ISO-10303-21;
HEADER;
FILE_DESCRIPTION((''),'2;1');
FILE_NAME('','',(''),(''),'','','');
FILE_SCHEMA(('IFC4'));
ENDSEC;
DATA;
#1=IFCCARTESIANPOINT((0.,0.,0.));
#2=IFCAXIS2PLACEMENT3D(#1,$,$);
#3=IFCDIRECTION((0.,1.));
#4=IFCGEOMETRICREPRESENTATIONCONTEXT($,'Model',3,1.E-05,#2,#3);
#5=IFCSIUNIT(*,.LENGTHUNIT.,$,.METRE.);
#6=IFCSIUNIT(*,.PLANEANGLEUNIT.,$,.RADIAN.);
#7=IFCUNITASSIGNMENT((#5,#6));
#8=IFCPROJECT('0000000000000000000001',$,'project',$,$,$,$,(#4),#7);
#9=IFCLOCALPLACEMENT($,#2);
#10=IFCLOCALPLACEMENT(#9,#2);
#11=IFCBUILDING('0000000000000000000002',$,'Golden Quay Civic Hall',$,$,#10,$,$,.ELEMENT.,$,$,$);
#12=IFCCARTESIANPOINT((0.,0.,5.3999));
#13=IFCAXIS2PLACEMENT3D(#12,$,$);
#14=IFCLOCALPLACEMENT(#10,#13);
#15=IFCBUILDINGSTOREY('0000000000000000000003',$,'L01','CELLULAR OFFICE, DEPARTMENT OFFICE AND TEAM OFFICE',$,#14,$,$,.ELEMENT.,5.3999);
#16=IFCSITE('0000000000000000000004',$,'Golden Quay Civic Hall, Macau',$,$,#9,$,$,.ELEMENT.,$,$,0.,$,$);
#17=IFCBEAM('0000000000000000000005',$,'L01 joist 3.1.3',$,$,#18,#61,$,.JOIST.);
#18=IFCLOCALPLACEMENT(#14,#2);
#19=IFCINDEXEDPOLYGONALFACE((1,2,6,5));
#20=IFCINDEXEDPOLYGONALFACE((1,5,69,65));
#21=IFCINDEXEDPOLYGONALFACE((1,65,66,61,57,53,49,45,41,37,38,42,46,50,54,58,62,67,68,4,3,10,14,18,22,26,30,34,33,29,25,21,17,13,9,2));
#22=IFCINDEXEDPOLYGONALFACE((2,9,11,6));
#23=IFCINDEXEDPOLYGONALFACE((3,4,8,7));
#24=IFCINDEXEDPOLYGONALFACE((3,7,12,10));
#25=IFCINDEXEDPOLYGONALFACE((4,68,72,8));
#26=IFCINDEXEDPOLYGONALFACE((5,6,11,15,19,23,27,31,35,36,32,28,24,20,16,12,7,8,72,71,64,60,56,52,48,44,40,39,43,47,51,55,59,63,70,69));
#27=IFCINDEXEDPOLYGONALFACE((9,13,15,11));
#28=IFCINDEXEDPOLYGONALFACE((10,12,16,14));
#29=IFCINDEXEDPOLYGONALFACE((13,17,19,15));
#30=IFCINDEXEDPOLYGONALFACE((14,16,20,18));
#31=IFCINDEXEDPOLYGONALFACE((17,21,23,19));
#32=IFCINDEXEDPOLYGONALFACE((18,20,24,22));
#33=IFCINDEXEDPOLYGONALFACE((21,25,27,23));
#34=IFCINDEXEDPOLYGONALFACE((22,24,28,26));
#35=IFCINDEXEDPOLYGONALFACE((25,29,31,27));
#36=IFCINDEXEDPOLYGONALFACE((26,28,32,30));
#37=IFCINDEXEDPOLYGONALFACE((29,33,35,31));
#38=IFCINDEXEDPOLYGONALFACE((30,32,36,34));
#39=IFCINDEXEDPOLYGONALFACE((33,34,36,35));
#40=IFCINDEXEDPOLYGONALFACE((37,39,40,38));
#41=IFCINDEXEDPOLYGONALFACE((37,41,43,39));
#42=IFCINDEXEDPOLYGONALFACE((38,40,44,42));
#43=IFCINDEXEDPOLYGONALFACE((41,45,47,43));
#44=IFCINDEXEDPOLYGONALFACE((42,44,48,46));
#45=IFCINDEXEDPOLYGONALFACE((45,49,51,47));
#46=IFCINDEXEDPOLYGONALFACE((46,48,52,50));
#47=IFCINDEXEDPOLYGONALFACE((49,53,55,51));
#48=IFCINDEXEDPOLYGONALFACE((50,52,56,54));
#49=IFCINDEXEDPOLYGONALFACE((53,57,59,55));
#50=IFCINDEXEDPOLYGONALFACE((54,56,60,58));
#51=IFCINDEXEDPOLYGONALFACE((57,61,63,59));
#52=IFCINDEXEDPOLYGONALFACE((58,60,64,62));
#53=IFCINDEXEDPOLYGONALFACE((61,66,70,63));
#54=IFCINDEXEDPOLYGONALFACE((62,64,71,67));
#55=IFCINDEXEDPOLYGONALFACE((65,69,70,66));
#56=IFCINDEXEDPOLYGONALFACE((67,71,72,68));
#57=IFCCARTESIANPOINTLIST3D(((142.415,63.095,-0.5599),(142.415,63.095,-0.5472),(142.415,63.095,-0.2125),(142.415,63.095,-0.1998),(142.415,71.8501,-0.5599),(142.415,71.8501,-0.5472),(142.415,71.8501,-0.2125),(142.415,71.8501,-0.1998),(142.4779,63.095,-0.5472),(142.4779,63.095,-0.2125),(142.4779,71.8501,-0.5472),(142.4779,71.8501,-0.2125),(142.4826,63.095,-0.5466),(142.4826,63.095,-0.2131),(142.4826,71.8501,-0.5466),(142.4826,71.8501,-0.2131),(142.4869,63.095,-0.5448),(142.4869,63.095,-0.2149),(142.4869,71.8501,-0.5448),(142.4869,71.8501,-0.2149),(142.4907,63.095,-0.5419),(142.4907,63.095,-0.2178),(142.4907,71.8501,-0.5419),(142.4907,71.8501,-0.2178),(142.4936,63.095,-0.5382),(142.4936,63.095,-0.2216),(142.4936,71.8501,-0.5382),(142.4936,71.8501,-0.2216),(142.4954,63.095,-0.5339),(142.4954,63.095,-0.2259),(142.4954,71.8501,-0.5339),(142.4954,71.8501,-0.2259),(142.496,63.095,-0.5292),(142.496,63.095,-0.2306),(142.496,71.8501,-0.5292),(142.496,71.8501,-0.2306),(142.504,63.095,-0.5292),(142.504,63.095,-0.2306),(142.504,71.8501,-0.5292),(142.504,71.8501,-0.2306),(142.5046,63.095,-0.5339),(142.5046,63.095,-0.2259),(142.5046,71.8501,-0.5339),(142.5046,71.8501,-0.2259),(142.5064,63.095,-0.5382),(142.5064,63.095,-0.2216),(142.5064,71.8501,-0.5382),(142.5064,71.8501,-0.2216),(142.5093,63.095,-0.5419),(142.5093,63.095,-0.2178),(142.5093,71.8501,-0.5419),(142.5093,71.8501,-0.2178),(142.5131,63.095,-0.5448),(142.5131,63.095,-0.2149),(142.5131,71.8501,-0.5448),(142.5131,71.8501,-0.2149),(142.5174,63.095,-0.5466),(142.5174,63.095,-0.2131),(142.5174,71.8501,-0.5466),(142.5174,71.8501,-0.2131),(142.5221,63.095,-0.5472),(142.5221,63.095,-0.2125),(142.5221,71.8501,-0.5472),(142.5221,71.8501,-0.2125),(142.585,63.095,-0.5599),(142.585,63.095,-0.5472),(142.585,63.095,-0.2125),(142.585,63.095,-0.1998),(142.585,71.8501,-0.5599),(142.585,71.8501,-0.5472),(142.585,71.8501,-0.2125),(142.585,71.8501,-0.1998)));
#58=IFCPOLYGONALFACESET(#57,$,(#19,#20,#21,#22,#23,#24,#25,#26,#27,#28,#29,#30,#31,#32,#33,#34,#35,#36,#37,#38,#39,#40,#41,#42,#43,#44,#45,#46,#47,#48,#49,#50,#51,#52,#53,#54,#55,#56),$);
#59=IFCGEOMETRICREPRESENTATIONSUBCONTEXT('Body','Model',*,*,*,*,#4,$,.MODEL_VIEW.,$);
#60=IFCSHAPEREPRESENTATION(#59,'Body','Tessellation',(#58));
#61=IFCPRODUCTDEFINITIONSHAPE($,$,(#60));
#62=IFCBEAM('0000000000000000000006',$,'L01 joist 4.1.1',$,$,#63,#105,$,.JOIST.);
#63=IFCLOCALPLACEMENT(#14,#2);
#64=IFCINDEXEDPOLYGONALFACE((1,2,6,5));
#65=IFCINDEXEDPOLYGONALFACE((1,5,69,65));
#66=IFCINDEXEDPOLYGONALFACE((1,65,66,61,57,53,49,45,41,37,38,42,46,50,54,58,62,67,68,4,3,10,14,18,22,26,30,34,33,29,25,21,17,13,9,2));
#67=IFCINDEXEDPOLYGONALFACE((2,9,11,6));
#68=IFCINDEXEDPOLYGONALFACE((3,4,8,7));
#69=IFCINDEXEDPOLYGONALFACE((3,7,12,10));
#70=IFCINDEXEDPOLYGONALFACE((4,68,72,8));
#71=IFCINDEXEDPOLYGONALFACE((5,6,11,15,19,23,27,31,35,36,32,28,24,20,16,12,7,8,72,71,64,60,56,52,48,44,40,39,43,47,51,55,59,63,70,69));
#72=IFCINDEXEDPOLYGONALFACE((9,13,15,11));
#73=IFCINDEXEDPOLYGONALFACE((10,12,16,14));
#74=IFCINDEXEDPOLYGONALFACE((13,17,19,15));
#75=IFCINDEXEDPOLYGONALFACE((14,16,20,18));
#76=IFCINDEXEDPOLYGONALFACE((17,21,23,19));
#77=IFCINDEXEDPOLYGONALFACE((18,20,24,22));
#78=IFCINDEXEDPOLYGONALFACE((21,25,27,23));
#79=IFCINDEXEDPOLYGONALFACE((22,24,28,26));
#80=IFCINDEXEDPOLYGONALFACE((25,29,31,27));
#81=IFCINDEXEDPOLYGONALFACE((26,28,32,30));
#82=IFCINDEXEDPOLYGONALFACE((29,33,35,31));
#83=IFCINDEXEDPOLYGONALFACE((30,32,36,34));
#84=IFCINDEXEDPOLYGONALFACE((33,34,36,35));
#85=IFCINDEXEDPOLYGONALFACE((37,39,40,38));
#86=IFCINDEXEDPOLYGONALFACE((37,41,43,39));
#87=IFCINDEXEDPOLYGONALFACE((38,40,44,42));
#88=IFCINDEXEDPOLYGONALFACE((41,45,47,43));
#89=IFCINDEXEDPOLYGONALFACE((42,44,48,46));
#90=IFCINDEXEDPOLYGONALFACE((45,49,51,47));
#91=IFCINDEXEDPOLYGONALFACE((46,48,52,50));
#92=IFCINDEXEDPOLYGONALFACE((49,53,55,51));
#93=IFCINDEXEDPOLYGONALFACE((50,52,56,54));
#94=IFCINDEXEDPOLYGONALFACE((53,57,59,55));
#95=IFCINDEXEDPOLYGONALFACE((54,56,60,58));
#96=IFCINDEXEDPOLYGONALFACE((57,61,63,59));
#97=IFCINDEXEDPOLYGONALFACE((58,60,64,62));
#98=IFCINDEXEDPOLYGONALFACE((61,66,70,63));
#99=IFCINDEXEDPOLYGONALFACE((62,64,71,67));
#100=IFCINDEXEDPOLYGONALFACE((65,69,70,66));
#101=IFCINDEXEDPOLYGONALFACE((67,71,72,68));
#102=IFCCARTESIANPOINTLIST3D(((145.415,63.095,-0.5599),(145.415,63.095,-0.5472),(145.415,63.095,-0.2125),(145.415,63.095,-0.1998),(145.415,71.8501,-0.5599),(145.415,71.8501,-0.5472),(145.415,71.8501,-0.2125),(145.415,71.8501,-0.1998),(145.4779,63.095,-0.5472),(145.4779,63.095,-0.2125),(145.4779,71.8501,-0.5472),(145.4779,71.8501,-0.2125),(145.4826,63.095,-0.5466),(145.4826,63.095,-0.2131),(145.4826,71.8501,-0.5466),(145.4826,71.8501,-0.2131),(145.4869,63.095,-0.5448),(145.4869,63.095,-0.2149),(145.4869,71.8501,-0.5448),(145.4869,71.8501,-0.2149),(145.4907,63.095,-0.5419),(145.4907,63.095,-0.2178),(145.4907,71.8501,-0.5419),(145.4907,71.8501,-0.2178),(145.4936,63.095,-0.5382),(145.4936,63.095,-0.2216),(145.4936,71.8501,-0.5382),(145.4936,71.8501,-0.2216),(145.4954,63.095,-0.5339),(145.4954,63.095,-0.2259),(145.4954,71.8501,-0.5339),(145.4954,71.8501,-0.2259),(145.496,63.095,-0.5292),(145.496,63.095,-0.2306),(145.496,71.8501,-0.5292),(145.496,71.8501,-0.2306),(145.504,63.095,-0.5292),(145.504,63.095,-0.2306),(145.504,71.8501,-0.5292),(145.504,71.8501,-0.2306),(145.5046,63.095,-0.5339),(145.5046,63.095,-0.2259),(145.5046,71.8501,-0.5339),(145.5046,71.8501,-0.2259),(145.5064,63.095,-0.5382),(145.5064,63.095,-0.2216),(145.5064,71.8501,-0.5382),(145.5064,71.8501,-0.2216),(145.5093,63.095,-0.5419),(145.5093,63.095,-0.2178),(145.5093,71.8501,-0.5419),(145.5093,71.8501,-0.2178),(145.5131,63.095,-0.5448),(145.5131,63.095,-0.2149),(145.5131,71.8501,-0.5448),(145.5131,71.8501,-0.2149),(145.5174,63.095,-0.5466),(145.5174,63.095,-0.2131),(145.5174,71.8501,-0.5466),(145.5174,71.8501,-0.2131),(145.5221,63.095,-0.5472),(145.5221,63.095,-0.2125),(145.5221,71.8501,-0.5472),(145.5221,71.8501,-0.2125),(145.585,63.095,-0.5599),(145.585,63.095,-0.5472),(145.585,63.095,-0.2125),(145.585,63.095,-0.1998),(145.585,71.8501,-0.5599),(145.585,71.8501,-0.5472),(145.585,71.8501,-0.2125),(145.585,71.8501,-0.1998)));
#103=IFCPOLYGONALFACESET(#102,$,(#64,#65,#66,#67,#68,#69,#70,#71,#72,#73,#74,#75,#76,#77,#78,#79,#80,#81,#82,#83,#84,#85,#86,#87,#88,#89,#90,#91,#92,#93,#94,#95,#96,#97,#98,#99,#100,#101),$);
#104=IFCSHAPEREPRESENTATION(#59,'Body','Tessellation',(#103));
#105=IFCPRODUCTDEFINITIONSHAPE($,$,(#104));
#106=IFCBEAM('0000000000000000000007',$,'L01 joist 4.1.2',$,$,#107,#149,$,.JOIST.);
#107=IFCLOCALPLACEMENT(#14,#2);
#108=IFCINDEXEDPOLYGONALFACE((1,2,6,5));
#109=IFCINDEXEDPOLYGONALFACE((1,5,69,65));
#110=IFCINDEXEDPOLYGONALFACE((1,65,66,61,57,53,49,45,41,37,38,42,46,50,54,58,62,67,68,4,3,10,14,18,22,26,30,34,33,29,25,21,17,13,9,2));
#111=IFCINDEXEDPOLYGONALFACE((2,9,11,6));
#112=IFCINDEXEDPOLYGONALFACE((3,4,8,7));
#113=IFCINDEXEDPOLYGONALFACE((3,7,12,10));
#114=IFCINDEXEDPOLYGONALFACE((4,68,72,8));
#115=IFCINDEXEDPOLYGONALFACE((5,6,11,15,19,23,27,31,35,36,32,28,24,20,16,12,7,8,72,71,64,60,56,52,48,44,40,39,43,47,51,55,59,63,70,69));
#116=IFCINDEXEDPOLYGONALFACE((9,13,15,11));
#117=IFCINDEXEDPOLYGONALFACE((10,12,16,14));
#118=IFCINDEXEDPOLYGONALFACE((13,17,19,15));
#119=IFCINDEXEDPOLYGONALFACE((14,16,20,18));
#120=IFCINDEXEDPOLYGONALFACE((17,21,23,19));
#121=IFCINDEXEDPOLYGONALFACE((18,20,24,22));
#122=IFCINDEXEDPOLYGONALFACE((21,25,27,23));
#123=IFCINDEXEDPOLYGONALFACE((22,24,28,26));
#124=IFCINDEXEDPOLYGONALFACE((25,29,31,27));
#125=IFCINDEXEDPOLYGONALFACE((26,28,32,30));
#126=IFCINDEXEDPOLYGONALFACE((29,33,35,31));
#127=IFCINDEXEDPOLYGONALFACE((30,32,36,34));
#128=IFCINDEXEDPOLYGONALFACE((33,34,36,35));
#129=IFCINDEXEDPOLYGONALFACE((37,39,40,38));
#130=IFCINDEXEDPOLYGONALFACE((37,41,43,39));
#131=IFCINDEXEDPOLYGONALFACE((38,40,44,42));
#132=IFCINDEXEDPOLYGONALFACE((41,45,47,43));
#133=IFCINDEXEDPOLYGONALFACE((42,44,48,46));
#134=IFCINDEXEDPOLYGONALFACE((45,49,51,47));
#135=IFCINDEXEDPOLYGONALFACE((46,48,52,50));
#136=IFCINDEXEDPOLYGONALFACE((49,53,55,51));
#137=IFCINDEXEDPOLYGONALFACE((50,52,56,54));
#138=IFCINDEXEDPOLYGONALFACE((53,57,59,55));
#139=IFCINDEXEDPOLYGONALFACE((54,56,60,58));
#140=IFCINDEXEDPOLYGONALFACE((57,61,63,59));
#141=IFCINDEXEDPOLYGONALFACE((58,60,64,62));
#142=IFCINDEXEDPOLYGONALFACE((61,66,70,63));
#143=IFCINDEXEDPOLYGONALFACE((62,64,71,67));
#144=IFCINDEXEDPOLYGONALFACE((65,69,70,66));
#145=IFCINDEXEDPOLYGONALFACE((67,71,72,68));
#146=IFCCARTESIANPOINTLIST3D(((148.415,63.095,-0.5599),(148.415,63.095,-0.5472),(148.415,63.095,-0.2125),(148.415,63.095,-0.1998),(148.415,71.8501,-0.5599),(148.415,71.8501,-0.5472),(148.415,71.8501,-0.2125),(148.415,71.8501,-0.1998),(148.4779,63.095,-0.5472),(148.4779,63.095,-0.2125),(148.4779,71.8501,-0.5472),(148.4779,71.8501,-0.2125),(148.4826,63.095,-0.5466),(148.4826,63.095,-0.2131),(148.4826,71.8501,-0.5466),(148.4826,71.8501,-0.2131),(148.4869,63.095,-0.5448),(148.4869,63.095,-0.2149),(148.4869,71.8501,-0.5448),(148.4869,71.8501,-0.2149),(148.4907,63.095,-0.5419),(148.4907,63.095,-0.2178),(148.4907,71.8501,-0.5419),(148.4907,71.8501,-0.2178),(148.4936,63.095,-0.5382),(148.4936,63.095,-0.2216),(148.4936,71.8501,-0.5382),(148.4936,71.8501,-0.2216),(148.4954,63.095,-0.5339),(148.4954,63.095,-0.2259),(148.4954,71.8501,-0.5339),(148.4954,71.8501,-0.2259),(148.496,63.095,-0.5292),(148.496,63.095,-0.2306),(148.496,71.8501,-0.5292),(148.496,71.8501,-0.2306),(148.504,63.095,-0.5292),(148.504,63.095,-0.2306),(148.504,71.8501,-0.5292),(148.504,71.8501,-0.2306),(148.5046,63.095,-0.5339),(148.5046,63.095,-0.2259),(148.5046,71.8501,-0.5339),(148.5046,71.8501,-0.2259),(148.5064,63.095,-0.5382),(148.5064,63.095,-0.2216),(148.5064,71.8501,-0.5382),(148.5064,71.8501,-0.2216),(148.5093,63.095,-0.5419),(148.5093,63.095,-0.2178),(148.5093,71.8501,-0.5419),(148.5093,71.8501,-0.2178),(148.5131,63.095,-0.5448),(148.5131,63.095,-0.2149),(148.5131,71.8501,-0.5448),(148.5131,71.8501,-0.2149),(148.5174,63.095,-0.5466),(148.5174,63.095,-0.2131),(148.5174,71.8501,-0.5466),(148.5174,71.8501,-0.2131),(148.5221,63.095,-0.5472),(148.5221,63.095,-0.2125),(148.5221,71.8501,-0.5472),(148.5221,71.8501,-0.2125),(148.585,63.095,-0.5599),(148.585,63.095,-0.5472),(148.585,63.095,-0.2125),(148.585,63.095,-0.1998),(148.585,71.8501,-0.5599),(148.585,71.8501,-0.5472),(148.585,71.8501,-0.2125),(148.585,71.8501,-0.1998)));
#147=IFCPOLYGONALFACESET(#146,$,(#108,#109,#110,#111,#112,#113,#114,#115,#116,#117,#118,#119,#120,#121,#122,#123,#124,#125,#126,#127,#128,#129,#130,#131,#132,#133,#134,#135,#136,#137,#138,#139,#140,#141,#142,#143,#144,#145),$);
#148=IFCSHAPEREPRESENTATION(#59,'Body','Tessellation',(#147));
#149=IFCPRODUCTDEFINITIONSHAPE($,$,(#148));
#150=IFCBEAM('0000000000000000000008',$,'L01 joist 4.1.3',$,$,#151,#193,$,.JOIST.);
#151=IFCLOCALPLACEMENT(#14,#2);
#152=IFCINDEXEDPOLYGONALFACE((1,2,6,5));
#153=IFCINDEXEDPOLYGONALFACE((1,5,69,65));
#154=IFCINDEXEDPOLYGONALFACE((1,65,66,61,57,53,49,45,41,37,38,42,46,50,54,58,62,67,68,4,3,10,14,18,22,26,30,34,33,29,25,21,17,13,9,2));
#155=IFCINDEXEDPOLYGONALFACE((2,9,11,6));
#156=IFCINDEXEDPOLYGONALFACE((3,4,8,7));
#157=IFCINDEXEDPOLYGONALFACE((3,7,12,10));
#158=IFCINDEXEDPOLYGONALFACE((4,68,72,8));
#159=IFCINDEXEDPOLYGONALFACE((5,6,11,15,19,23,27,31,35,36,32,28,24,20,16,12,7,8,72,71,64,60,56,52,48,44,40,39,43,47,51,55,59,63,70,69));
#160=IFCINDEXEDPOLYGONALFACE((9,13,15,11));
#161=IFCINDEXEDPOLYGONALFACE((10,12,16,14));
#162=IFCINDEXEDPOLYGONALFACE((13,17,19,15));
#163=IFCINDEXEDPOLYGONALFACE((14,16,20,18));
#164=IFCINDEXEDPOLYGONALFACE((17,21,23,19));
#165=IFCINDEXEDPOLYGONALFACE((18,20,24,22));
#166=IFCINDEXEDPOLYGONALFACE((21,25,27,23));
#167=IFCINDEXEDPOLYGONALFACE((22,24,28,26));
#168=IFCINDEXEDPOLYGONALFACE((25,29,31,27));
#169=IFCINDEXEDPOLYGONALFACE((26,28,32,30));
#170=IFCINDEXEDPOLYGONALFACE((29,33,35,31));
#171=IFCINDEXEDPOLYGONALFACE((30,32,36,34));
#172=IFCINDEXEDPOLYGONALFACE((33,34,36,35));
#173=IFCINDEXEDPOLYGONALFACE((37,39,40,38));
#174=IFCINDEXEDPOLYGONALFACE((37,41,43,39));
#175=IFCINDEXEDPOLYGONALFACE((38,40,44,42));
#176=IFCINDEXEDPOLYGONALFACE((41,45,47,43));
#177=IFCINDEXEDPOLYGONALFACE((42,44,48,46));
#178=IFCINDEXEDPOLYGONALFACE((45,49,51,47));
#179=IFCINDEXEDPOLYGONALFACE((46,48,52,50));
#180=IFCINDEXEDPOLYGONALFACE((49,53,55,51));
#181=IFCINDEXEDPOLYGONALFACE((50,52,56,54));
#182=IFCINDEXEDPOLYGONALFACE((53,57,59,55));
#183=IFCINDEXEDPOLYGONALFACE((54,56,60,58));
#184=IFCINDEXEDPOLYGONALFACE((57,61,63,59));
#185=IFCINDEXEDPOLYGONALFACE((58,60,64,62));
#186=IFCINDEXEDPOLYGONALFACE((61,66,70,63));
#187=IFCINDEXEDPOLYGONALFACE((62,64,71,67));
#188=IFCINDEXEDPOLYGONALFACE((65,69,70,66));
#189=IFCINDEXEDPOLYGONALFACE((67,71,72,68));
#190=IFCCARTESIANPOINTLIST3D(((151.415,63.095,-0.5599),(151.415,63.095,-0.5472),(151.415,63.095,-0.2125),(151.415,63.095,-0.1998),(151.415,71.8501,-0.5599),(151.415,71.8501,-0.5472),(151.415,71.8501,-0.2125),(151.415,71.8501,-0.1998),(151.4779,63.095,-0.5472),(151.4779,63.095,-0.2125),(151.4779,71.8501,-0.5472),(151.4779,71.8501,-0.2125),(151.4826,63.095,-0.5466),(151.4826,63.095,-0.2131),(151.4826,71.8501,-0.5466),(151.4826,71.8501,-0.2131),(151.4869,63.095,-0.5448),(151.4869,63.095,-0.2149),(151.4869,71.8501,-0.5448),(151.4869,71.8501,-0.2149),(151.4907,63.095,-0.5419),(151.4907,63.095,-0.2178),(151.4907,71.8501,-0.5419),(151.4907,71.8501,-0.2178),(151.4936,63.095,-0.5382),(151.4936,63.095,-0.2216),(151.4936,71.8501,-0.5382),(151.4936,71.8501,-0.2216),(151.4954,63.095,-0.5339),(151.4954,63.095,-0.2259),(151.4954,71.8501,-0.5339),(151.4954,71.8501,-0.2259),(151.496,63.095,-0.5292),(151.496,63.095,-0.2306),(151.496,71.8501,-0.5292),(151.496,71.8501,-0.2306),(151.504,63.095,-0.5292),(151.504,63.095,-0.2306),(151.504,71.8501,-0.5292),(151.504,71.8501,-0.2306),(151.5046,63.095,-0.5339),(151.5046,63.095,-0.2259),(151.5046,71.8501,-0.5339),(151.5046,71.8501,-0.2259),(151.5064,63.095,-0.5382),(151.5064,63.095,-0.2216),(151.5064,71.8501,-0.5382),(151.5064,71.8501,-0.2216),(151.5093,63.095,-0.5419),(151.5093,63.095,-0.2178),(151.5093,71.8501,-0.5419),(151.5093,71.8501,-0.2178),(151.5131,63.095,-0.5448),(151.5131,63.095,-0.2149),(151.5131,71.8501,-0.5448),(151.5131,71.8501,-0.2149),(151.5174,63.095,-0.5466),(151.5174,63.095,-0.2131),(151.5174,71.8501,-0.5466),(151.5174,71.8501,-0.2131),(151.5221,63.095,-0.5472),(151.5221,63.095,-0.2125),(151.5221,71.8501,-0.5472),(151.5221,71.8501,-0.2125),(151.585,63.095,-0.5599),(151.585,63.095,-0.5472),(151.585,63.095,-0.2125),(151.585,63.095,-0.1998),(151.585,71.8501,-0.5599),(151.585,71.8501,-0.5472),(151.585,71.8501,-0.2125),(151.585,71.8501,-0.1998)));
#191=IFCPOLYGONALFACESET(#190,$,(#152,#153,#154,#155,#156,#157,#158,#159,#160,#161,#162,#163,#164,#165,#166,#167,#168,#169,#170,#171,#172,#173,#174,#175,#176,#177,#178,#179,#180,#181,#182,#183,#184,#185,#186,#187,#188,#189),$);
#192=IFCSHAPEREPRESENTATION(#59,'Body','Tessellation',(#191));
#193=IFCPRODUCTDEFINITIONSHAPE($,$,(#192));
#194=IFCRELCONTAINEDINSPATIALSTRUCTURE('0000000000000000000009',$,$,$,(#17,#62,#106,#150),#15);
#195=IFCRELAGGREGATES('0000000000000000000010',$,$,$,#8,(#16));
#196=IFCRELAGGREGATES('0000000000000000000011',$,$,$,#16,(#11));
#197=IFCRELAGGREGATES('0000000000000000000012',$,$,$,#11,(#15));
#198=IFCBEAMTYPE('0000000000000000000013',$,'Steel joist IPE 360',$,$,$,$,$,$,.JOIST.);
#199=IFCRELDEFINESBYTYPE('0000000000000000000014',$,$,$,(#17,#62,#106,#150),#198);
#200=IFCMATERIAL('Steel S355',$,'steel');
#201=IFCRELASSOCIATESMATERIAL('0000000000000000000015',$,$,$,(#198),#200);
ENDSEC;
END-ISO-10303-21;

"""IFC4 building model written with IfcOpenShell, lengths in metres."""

from ifc_helpers import new_model, si_unit, direction, frame, origin, origin_2d, place, context, subcontext, project, spatial, i_section, extrude, material, material_profile, profile_set, type_object, element, save


model = new_model("IFC4")

# Units and contexts
model_context = context("Model", 3, precision=1e-05, world=origin(), true_north=direction((0.0, 1.0)))
body_context = subcontext(model_context, "Body", "Model", "MODEL_VIEW")
ifc_project = project(units=[si_unit("LENGTHUNIT", "METRE"), si_unit("PLANEANGLEUNIT", "RADIAN")], contexts=[model_context])

# Site, building, storey
site_placement = place(None, origin())
site = spatial("IfcSite", under=ifc_project, at=site_placement, Name="Golden Quay Civic Hall, Macau", CompositionType="ELEMENT", RefElevation=0.0)
building_placement = place(site_placement, origin())
building = spatial("IfcBuilding", under=site, at=building_placement, Name="Golden Quay Civic Hall", CompositionType="ELEMENT")
storey_placement = place(building_placement, frame((0.0, 0.0, 5.3999)))
storey = spatial("IfcBuildingStorey", under=building, at=storey_placement, Name="L01", Description="CELLULAR OFFICE, DEPARTMENT OFFICE AND TEAM OFFICE", CompositionType="ELEMENT", Elevation=5.3999)

# Beams
ifc_material_1 = material(Name="Steel S355", Category="steel")
ifc_material_profile_1 = material_profile(ifc_material_1, i_section(OverallWidth=0.1699, OverallDepth=0.3601, WebThickness=0.0081, FlangeThickness=0.0127, FilletRadius=0.0181, at=origin_2d()), Name="IPE 360")
ifc_profile_set_1 = profile_set([ifc_material_profile_1], Name="Steel S355")
beam_type_1 = type_object("IfcBeamType", Name="Steel joist IPE 360", PredefinedType="JOIST", material=ifc_profile_set_1)
for number, where, z_axis, x_axis, name in (
    (1, (142.5, 63.095, -0.3799), (0.0, 1.0, 0.0), (-1.0, 0.0, 0.0), "L01 joist 3.1.3"),
    (2, (145.5, 63.095, -0.3799), (0.0, 1.0, 0.0), (-1.0, 0.0, 0.0), "L01 joist 4.1.1"),
    (3, (148.5, 63.095, -0.3799), (0.0, 1.0, 0.0), (-1.0, 0.0, 0.0), "L01 joist 4.1.2"),
    (4, (151.5, 63.095, -0.3799), (0.0, 1.0, 0.0), (-1.0, 0.0, 0.0), "L01 joist 4.1.3"),
):
    element("IfcBeam", number, at=place(storey_placement, frame(where, z_axis=z_axis, x_axis=x_axis)), inside=storey, type_object=beam_type_1, Name=name, PredefinedType="JOIST", context=body_context, shape_type="SweptSolid", body=[
        extrude(i_section(OverallWidth=0.1699, OverallDepth=0.3601, WebThickness=0.0081, FlangeThickness=0.0127, FilletRadius=0.0181, at=origin_2d()), origin(), (0.0, 0.0, 1.0), 8.7551),
    ])

save(model, "model.ifc")
